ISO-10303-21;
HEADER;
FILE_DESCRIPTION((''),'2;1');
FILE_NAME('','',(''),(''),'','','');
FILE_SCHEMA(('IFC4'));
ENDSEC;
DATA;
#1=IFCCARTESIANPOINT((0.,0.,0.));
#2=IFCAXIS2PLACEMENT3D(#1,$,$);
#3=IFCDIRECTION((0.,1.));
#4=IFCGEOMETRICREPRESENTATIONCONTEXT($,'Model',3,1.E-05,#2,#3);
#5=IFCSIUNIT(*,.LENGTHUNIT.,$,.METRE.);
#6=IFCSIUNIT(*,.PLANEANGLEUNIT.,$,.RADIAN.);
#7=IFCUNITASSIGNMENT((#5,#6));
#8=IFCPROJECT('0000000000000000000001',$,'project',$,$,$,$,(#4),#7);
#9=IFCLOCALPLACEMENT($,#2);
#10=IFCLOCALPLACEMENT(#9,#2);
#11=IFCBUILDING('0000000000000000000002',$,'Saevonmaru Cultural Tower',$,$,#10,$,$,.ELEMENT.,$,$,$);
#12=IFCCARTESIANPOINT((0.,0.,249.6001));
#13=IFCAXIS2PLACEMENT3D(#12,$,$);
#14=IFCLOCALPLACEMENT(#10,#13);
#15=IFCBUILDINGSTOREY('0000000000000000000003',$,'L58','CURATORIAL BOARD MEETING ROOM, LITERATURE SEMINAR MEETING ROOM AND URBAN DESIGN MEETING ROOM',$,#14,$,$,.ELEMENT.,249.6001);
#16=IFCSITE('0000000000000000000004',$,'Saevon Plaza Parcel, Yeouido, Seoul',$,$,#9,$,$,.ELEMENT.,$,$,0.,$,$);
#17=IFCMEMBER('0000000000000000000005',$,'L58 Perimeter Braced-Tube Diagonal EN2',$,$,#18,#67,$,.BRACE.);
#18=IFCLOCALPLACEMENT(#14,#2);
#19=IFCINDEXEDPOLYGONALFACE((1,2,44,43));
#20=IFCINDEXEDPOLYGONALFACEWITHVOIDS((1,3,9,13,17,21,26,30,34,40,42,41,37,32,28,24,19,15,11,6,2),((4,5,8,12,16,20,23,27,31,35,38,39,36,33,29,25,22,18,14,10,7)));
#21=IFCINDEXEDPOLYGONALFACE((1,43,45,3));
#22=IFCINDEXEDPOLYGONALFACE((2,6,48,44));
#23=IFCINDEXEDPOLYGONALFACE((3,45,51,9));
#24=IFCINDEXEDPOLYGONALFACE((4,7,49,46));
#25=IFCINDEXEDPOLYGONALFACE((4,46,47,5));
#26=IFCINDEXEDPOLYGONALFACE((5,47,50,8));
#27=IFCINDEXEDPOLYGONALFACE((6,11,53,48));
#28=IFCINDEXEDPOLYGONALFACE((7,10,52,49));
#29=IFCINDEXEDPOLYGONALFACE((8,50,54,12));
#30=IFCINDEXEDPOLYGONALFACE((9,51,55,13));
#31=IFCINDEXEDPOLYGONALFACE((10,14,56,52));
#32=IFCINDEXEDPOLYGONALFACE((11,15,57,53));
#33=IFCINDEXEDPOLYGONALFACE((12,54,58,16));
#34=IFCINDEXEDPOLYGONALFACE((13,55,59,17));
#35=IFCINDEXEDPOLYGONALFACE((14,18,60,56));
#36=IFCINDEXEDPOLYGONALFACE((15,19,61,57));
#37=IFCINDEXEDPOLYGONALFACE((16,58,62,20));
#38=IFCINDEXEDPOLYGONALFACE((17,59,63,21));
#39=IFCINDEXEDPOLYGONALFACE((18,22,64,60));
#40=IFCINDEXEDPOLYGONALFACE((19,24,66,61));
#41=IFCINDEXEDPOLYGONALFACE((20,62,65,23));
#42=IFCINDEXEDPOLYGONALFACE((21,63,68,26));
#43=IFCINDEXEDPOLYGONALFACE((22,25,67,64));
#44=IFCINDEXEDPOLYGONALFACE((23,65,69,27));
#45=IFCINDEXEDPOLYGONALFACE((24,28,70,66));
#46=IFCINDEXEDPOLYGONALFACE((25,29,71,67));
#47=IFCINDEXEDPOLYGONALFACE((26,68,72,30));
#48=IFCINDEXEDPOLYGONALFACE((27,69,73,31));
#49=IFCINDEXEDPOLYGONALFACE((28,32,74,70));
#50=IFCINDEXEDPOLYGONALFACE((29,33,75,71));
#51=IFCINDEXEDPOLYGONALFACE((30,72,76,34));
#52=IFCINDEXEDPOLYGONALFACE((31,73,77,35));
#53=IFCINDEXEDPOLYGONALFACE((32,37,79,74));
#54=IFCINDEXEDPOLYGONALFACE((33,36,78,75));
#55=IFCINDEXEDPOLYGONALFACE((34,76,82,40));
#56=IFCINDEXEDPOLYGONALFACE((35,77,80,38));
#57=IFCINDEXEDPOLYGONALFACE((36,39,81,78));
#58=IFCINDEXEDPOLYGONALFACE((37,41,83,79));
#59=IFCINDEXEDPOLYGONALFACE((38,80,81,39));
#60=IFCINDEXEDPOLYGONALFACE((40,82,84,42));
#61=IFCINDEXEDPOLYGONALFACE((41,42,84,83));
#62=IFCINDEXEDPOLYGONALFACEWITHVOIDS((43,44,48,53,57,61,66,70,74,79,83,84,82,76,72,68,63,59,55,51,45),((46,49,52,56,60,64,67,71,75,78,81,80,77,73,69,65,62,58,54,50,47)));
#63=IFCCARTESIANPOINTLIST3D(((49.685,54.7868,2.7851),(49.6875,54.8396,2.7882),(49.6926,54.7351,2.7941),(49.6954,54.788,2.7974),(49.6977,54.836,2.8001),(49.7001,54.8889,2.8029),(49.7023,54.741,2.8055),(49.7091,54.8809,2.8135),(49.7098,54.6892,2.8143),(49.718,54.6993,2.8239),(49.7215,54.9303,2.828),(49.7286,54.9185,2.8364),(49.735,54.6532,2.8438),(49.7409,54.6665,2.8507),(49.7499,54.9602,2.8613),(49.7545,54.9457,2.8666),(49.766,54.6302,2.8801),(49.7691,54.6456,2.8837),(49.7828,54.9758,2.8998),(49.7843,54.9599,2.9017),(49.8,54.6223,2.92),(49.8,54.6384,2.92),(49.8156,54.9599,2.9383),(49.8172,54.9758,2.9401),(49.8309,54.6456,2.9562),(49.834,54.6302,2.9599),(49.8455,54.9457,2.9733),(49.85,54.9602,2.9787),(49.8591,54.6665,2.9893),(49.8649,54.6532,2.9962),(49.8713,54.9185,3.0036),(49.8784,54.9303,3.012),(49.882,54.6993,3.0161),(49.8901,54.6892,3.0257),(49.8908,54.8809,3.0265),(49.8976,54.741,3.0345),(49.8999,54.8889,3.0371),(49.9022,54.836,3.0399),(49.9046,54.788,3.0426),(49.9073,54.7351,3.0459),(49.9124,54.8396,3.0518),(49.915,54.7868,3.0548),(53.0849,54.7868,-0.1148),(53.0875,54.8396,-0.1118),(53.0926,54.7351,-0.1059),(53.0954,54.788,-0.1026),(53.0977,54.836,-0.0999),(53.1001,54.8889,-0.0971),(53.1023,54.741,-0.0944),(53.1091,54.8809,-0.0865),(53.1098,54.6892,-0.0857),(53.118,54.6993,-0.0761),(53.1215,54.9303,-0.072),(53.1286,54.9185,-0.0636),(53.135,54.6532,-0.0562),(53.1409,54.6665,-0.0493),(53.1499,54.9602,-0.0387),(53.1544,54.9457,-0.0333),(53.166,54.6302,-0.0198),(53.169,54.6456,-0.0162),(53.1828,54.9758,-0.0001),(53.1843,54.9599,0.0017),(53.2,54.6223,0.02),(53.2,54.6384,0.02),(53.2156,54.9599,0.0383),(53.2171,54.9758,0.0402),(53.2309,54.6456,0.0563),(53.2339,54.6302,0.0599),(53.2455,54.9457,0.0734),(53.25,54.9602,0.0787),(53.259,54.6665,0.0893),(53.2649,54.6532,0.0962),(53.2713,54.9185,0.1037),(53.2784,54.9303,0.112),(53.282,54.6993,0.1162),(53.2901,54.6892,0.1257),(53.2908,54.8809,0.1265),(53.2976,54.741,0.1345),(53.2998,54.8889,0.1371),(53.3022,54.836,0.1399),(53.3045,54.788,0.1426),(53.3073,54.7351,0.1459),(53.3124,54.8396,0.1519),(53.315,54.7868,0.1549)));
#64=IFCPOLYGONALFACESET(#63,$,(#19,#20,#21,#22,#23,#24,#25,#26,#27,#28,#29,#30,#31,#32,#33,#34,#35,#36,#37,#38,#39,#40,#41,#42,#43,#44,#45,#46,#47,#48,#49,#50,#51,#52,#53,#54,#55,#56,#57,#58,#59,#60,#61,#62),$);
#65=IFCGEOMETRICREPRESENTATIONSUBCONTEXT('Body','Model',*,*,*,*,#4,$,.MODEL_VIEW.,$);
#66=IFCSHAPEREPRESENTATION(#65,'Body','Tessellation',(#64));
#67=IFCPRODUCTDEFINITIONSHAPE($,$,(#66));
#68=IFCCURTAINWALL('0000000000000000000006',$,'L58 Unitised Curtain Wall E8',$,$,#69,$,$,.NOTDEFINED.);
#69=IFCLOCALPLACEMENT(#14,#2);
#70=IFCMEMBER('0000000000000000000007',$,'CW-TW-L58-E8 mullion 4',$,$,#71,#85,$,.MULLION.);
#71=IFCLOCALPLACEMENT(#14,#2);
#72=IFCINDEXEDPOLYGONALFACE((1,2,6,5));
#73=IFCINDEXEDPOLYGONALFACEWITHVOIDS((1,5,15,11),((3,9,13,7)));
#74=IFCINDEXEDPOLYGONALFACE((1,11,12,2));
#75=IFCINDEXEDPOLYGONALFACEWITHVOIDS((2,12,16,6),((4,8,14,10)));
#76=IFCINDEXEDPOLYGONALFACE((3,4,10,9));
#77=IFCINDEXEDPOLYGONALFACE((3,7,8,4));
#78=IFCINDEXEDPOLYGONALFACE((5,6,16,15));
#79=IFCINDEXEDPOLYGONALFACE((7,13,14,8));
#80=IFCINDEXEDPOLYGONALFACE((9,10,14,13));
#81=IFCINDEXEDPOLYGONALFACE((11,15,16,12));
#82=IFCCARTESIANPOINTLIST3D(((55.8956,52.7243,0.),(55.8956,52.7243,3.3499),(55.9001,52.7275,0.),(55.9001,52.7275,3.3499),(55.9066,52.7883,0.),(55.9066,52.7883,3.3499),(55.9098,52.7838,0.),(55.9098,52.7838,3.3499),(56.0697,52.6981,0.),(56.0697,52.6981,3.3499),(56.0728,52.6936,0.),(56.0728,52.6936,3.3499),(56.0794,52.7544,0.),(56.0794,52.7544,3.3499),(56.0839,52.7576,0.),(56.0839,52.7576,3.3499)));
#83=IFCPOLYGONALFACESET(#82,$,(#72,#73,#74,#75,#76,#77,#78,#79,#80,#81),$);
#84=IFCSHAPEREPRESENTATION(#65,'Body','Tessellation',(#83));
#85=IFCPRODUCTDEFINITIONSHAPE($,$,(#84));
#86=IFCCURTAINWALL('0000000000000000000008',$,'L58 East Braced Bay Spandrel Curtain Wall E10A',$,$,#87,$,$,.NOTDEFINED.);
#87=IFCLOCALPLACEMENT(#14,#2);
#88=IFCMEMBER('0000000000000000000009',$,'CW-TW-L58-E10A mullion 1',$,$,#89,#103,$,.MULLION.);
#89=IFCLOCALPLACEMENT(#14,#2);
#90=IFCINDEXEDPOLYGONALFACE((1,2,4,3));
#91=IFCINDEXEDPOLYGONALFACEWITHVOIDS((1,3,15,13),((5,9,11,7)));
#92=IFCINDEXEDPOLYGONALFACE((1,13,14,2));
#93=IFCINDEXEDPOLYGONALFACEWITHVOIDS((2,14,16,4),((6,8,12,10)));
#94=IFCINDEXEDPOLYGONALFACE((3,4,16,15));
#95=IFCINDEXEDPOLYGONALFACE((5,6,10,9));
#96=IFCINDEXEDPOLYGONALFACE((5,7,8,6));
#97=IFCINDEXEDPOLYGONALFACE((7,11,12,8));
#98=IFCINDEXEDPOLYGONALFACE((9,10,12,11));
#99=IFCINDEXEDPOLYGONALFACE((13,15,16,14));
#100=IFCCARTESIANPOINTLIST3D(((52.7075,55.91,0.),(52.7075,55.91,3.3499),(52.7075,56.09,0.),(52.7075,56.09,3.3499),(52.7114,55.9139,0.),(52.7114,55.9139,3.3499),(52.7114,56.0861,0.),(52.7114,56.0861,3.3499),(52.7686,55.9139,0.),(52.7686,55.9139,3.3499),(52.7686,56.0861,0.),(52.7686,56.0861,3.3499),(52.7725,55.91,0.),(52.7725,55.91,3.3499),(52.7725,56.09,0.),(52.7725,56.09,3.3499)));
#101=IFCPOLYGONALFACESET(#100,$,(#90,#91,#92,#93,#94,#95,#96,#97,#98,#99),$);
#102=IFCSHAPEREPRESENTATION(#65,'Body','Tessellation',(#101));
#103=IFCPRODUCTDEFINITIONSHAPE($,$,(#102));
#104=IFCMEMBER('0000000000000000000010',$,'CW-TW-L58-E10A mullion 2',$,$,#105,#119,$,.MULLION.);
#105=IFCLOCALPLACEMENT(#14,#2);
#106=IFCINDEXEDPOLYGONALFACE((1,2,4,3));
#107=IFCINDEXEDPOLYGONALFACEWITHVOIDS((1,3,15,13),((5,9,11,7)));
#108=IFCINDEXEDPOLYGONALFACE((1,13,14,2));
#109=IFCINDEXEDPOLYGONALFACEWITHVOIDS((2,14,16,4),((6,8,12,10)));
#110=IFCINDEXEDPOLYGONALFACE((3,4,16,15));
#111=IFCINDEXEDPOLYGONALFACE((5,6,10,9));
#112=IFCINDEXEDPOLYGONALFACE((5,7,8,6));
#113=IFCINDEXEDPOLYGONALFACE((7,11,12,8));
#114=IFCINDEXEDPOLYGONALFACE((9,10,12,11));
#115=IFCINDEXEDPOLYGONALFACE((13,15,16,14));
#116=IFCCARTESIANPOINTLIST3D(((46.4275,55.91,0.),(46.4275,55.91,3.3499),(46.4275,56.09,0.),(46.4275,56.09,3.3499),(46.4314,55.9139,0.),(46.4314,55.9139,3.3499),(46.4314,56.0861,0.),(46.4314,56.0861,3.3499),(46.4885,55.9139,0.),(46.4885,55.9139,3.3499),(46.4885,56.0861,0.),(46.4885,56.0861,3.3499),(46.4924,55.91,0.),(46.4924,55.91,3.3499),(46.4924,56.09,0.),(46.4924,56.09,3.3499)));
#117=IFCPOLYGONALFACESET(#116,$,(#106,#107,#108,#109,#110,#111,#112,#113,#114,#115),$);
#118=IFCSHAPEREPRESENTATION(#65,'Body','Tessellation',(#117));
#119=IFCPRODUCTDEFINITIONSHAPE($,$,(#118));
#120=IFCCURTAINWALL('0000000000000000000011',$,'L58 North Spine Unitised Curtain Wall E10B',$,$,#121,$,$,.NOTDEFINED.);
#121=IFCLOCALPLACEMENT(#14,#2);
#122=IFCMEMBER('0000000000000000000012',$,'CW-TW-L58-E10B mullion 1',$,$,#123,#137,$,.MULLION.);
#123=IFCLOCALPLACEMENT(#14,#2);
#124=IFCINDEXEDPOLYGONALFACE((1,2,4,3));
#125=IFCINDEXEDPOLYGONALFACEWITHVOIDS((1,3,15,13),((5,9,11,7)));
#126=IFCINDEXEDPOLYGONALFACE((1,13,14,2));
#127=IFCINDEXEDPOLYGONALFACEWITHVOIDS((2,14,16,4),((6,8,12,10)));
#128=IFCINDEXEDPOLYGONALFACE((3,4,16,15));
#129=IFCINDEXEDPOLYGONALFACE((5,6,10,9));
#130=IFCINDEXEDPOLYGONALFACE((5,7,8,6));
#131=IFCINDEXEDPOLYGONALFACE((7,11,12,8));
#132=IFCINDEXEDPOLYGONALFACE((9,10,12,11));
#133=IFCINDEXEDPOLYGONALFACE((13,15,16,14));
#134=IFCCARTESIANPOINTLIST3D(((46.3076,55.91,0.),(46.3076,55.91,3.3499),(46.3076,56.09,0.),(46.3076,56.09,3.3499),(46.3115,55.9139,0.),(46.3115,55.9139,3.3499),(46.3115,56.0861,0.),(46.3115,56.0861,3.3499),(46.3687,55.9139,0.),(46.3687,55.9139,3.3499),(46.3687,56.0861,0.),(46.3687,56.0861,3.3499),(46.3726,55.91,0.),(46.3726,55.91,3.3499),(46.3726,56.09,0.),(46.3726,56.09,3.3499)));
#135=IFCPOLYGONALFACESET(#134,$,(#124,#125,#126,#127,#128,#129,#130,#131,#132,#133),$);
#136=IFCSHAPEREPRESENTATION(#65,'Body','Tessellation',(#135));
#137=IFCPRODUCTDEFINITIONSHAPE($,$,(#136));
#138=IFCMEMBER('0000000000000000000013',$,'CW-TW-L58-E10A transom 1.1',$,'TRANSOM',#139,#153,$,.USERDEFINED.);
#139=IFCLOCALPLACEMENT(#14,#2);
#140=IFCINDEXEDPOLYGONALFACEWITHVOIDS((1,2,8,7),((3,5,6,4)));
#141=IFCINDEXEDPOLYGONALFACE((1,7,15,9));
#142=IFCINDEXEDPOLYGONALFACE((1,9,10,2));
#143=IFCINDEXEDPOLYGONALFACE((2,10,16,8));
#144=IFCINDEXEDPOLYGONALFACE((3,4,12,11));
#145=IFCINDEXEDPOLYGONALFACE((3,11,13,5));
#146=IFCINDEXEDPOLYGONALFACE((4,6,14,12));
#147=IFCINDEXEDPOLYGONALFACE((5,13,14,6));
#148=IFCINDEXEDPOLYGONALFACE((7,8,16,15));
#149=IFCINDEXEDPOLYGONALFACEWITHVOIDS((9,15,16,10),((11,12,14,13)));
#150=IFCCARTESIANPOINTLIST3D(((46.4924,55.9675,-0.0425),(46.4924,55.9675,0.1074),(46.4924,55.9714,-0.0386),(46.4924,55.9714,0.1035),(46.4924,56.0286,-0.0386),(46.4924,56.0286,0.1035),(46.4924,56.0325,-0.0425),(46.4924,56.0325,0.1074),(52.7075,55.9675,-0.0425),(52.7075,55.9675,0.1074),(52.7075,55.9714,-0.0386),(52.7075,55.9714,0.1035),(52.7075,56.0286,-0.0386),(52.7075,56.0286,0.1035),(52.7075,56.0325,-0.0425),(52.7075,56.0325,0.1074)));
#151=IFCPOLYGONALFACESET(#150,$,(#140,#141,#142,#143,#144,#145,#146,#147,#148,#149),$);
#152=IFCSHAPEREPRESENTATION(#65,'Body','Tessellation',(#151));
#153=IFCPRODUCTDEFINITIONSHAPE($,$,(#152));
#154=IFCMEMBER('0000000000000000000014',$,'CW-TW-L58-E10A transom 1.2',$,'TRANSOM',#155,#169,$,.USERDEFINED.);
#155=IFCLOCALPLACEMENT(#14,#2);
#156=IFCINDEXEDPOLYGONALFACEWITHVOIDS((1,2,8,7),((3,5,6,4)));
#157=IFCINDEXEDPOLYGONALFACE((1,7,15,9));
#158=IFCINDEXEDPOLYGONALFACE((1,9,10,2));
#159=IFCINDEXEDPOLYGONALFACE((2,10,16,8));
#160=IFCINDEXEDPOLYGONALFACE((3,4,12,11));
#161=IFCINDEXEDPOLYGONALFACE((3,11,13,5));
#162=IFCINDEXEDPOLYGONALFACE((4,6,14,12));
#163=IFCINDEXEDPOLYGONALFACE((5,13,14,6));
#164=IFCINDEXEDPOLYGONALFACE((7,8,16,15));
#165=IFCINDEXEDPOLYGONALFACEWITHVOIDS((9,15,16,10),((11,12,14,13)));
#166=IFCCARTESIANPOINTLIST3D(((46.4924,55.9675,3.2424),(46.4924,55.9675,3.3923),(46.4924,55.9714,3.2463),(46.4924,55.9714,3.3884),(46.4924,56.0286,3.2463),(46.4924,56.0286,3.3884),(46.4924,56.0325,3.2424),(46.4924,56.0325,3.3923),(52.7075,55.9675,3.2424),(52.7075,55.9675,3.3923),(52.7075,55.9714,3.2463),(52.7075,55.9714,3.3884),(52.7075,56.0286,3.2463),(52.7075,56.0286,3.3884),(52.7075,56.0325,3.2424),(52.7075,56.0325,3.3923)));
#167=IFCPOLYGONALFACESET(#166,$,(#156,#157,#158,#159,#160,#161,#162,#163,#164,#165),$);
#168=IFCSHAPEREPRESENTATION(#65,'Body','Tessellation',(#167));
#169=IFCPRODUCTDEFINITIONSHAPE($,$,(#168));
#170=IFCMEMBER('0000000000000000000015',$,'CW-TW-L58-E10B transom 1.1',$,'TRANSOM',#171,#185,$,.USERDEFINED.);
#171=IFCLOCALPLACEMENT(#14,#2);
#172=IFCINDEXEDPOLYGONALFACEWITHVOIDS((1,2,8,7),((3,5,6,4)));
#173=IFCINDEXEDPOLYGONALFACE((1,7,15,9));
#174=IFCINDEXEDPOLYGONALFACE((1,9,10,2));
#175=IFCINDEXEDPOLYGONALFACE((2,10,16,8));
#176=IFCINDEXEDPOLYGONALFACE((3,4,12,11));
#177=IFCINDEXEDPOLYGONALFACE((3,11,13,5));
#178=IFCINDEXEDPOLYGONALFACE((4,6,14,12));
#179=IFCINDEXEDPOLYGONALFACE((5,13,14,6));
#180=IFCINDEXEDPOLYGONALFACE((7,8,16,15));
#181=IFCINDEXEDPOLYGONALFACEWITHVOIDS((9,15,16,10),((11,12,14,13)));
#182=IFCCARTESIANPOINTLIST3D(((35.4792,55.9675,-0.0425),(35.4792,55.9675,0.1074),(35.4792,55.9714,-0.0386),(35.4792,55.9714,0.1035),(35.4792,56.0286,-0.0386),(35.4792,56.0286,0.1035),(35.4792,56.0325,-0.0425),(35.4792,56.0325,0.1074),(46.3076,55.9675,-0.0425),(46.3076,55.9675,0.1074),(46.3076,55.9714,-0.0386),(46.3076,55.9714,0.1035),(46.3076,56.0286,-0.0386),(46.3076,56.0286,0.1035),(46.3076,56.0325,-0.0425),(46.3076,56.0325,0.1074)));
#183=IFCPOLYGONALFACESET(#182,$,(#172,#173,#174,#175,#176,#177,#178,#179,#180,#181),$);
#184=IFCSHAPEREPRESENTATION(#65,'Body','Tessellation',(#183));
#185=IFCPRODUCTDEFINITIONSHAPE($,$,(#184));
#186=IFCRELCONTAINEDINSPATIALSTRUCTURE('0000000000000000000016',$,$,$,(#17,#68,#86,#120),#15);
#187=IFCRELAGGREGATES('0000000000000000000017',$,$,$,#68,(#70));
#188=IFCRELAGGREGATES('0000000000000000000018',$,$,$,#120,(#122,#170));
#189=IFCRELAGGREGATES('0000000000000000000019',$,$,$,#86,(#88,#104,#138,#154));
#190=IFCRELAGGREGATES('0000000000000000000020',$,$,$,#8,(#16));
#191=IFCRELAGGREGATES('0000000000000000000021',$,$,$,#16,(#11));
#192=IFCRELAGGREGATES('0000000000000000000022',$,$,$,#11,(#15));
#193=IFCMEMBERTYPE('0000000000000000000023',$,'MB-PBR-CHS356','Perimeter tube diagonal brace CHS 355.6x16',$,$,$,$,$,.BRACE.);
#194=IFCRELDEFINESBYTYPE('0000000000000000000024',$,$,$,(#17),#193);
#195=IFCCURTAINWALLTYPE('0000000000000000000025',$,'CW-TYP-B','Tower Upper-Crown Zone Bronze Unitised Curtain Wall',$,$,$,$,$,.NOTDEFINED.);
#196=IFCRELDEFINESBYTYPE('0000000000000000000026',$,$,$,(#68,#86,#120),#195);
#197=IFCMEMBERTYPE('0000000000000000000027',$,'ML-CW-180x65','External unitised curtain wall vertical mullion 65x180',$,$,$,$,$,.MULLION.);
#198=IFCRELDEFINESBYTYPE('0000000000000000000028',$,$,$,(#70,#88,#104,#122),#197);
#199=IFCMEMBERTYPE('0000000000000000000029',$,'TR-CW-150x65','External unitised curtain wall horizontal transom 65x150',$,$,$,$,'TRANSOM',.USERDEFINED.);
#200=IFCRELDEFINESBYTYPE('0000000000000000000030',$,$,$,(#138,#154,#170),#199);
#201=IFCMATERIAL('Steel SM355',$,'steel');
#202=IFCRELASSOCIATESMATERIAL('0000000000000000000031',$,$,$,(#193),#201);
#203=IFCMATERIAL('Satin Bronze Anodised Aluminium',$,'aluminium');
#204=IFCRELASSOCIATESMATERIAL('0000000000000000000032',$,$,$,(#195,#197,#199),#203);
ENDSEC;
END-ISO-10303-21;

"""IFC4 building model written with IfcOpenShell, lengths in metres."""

from ifc_helpers import new_model, si_unit, direction, frame, origin, origin_2d, place, context, subcontext, project, spatial, hollow_rectangle, hollow_circle, extrude, material, material_profile, profile_set, type_object, element, aggregate, save


model = new_model("IFC4")

# Units and contexts
model_context = context("Model", 3, precision=1e-05, world=origin(), true_north=direction((0.0, 1.0)))
body_context = subcontext(model_context, "Body", "Model", "MODEL_VIEW")
ifc_project = project(units=[si_unit("LENGTHUNIT", "METRE"), si_unit("PLANEANGLEUNIT", "RADIAN")], contexts=[model_context])

# Site, building, storey
site_placement = place(None, origin())
site = spatial("IfcSite", under=ifc_project, at=site_placement, Name="Saevon Plaza Parcel, Yeouido, Seoul", CompositionType="ELEMENT", RefElevation=0.0)
building_placement = place(site_placement, origin())
building = spatial("IfcBuilding", under=site, at=building_placement, Name="Saevonmaru Cultural Tower", CompositionType="ELEMENT")
storey_placement = place(building_placement, frame((0.0, 0.0, 249.6001)))
storey = spatial("IfcBuildingStorey", under=building, at=storey_placement, Name="L58", Description="CURATORIAL BOARD MEETING ROOM, LITERATURE SEMINAR MEETING ROOM AND URBAN DESIGN MEETING ROOM", CompositionType="ELEMENT", Elevation=249.6001)

# Shared definitions
ifc_material_1 = material(Name="Steel SM355", Category="steel")

# Member
ifc_material_profile_1 = material_profile(ifc_material_1, hollow_circle(Radius=0.1777, WallThickness=0.0161, at=origin_2d()), Name="CHS-355.6x16")
ifc_profile_set_1 = profile_set([ifc_material_profile_1], Name="Steel SM355")
member_type_1 = type_object("IfcMemberType", Name="MB-PBR-CHS356", Description="Perimeter tube diagonal brace CHS 355.6x16", PredefinedType="BRACE", material=ifc_profile_set_1)
for number, where, z_axis, x_axis, name in (
    (1, (53.2, 54.8, 0.02), (-0.760836, 0.0, 0.648945), (0.0, -1.0, 0.0), "L58 Perimeter Braced-Tube Diagonal EN2"),
):
    element("IfcMember", number, at=place(storey_placement, frame(where, z_axis=z_axis, x_axis=x_axis)), inside=storey, type_object=member_type_1, Name=name, PredefinedType="BRACE", context=body_context, shape_type="SweptSolid", body=[
        extrude(hollow_circle(Radius=0.1777, WallThickness=0.0161, at=origin_2d()), origin(), (0.0, 0.0, 1.0), 4.4688),
    ])

# Curtain wall, member
ifc_material_2 = material(Name="Satin Bronze Anodised Aluminium", Category="aluminium")
curtain_wall_type = type_object("IfcCurtainWallType", Name="CW-TYP-B", Description="Tower Upper-Crown Zone Bronze Unitised Curtain Wall", PredefinedType="NOTDEFINED", material=ifc_material_2)
curtain_wall_1_placement = place(storey_placement, origin())
curtain_wall_1 = element("IfcCurtainWall", 2, at=curtain_wall_1_placement, inside=storey, type_object=curtain_wall_type, Name="L58 Unitised Curtain Wall E8", PredefinedType="NOTDEFINED")
ifc_material_profile_2 = material_profile(ifc_material_2, hollow_rectangle(XDim=0.0649, YDim=0.1799, WallThickness=0.0039, at=origin_2d()), Name="ALU-MULL-180x65x4")
ifc_profile_set_2 = profile_set([ifc_material_profile_2], Name="Satin Bronze Anodised Aluminium")
member_type_2 = type_object("IfcMemberType", Name="ML-CW-180x65", Description="External unitised curtain wall vertical mullion 65x180", PredefinedType="MULLION", material=ifc_profile_set_2)
member_1_placement = place(storey_placement, frame((55.9897, 52.741, 0.0), z_axis=(0.0, 0.0, 1.0), x_axis=(0.17079, 0.985307, 0.0)))
member_1 = element("IfcMember", 3, at=member_1_placement, type_object=member_type_2, Name="CW-TW-L58-E8 mullion 4", PredefinedType="MULLION", context=body_context, shape_type="SweptSolid", body=[
    extrude(hollow_rectangle(XDim=0.0649, YDim=0.1799, WallThickness=0.0039, at=origin_2d()), origin(), (0.0, 0.0, 1.0), 3.3499),
])
aggregate(curtain_wall_1, [member_1])

# Curtain wall, members
curtain_wall_2_placement = place(storey_placement, origin())
curtain_wall_2 = element("IfcCurtainWall", 4, at=curtain_wall_2_placement, inside=storey, type_object=curtain_wall_type, Name="L58 East Braced Bay Spandrel Curtain Wall E10A", PredefinedType="NOTDEFINED")
member_2_placement = place(storey_placement, frame((52.74, 56.0, 0.0), z_axis=(0.0, 0.0, 1.0), x_axis=(-1.0, 0.0, 0.0)))
member_2 = element("IfcMember", 5, at=member_2_placement, type_object=member_type_2, Name="CW-TW-L58-E10A mullion 1", PredefinedType="MULLION", context=body_context, shape_type="SweptSolid", body=[
    extrude(hollow_rectangle(XDim=0.0649, YDim=0.1799, WallThickness=0.0039, at=origin_2d()), origin(), (0.0, 0.0, 1.0), 3.3499),
])
member_3_placement = place(storey_placement, frame((46.46, 56.0, 0.0), z_axis=(0.0, 0.0, 1.0), x_axis=(-1.0, 0.0, 0.0)))
member_3 = element("IfcMember", 6, at=member_3_placement, type_object=member_type_2, Name="CW-TW-L58-E10A mullion 2", PredefinedType="MULLION", context=body_context, shape_type="SweptSolid", body=[
    extrude(hollow_rectangle(XDim=0.0649, YDim=0.1799, WallThickness=0.0039, at=origin_2d()), origin(), (0.0, 0.0, 1.0), 3.3499),
])

# Curtain wall, member
curtain_wall_3_placement = place(storey_placement, origin())
curtain_wall_3 = element("IfcCurtainWall", 7, at=curtain_wall_3_placement, inside=storey, type_object=curtain_wall_type, Name="L58 North Spine Unitised Curtain Wall E10B", PredefinedType="NOTDEFINED")
member_4_placement = place(storey_placement, frame((46.3401, 56.0, 0.0), z_axis=(0.0, 0.0, 1.0), x_axis=(-1.0, 0.0, 0.0)))
member_4 = element("IfcMember", 8, at=member_4_placement, type_object=member_type_2, Name="CW-TW-L58-E10B mullion 1", PredefinedType="MULLION", context=body_context, shape_type="SweptSolid", body=[
    extrude(hollow_rectangle(XDim=0.0649, YDim=0.1799, WallThickness=0.0039, at=origin_2d()), origin(), (0.0, 0.0, 1.0), 3.3499),
])

# Members
ifc_material_profile_3 = material_profile(ifc_material_2, hollow_rectangle(XDim=0.0649, YDim=0.1499, WallThickness=0.0039, at=origin_2d()), Name="ALU-TRAN-150x65x4")
ifc_profile_set_3 = profile_set([ifc_material_profile_3], Name="Satin Bronze Anodised Aluminium")
member_type_3 = type_object("IfcMemberType", Name="TR-CW-150x65", Description="External unitised curtain wall horizontal transom 65x150", ElementType="TRANSOM", PredefinedType="USERDEFINED", material=ifc_profile_set_3)
member_5_placement = place(storey_placement, frame((52.7075, 56.0, 0.0325), z_axis=(-1.0, 0.0, 0.0), x_axis=(0.0, -1.0, 0.0)))
member_5 = element("IfcMember", 9, at=member_5_placement, type_object=member_type_3, Name="CW-TW-L58-E10A transom 1.1", ObjectType="TRANSOM", PredefinedType="USERDEFINED", context=body_context, shape_type="SweptSolid", body=[
    extrude(hollow_rectangle(XDim=0.0649, YDim=0.1499, WallThickness=0.0039, at=origin_2d()), origin(), (0.0, 0.0, 1.0), 6.2151),
])
member_6_placement = place(storey_placement, frame((52.7075, 56.0, 3.3174), z_axis=(-1.0, 0.0, 0.0), x_axis=(0.0, -1.0, 0.0)))
member_6 = element("IfcMember", 10, at=member_6_placement, type_object=member_type_3, Name="CW-TW-L58-E10A transom 1.2", ObjectType="TRANSOM", PredefinedType="USERDEFINED", context=body_context, shape_type="SweptSolid", body=[
    extrude(hollow_rectangle(XDim=0.0649, YDim=0.1499, WallThickness=0.0039, at=origin_2d()), origin(), (0.0, 0.0, 1.0), 6.2151),
])
member_7_placement = place(storey_placement, frame((46.3076, 56.0, 0.0325), z_axis=(-1.0, 0.0, 0.0), x_axis=(0.0, -1.0, 0.0)))
member_7 = element("IfcMember", 11, at=member_7_placement, type_object=member_type_3, Name="CW-TW-L58-E10B transom 1.1", ObjectType="TRANSOM", PredefinedType="USERDEFINED", context=body_context, shape_type="SweptSolid", body=[
    extrude(hollow_rectangle(XDim=0.0649, YDim=0.1499, WallThickness=0.0039, at=origin_2d()), origin(), (0.0, 0.0, 1.0), 10.8284),
])
aggregate(curtain_wall_3, [member_4, member_7])

aggregate(curtain_wall_2, [member_2, member_3, member_5, member_6])

save(model, "model.ifc")
